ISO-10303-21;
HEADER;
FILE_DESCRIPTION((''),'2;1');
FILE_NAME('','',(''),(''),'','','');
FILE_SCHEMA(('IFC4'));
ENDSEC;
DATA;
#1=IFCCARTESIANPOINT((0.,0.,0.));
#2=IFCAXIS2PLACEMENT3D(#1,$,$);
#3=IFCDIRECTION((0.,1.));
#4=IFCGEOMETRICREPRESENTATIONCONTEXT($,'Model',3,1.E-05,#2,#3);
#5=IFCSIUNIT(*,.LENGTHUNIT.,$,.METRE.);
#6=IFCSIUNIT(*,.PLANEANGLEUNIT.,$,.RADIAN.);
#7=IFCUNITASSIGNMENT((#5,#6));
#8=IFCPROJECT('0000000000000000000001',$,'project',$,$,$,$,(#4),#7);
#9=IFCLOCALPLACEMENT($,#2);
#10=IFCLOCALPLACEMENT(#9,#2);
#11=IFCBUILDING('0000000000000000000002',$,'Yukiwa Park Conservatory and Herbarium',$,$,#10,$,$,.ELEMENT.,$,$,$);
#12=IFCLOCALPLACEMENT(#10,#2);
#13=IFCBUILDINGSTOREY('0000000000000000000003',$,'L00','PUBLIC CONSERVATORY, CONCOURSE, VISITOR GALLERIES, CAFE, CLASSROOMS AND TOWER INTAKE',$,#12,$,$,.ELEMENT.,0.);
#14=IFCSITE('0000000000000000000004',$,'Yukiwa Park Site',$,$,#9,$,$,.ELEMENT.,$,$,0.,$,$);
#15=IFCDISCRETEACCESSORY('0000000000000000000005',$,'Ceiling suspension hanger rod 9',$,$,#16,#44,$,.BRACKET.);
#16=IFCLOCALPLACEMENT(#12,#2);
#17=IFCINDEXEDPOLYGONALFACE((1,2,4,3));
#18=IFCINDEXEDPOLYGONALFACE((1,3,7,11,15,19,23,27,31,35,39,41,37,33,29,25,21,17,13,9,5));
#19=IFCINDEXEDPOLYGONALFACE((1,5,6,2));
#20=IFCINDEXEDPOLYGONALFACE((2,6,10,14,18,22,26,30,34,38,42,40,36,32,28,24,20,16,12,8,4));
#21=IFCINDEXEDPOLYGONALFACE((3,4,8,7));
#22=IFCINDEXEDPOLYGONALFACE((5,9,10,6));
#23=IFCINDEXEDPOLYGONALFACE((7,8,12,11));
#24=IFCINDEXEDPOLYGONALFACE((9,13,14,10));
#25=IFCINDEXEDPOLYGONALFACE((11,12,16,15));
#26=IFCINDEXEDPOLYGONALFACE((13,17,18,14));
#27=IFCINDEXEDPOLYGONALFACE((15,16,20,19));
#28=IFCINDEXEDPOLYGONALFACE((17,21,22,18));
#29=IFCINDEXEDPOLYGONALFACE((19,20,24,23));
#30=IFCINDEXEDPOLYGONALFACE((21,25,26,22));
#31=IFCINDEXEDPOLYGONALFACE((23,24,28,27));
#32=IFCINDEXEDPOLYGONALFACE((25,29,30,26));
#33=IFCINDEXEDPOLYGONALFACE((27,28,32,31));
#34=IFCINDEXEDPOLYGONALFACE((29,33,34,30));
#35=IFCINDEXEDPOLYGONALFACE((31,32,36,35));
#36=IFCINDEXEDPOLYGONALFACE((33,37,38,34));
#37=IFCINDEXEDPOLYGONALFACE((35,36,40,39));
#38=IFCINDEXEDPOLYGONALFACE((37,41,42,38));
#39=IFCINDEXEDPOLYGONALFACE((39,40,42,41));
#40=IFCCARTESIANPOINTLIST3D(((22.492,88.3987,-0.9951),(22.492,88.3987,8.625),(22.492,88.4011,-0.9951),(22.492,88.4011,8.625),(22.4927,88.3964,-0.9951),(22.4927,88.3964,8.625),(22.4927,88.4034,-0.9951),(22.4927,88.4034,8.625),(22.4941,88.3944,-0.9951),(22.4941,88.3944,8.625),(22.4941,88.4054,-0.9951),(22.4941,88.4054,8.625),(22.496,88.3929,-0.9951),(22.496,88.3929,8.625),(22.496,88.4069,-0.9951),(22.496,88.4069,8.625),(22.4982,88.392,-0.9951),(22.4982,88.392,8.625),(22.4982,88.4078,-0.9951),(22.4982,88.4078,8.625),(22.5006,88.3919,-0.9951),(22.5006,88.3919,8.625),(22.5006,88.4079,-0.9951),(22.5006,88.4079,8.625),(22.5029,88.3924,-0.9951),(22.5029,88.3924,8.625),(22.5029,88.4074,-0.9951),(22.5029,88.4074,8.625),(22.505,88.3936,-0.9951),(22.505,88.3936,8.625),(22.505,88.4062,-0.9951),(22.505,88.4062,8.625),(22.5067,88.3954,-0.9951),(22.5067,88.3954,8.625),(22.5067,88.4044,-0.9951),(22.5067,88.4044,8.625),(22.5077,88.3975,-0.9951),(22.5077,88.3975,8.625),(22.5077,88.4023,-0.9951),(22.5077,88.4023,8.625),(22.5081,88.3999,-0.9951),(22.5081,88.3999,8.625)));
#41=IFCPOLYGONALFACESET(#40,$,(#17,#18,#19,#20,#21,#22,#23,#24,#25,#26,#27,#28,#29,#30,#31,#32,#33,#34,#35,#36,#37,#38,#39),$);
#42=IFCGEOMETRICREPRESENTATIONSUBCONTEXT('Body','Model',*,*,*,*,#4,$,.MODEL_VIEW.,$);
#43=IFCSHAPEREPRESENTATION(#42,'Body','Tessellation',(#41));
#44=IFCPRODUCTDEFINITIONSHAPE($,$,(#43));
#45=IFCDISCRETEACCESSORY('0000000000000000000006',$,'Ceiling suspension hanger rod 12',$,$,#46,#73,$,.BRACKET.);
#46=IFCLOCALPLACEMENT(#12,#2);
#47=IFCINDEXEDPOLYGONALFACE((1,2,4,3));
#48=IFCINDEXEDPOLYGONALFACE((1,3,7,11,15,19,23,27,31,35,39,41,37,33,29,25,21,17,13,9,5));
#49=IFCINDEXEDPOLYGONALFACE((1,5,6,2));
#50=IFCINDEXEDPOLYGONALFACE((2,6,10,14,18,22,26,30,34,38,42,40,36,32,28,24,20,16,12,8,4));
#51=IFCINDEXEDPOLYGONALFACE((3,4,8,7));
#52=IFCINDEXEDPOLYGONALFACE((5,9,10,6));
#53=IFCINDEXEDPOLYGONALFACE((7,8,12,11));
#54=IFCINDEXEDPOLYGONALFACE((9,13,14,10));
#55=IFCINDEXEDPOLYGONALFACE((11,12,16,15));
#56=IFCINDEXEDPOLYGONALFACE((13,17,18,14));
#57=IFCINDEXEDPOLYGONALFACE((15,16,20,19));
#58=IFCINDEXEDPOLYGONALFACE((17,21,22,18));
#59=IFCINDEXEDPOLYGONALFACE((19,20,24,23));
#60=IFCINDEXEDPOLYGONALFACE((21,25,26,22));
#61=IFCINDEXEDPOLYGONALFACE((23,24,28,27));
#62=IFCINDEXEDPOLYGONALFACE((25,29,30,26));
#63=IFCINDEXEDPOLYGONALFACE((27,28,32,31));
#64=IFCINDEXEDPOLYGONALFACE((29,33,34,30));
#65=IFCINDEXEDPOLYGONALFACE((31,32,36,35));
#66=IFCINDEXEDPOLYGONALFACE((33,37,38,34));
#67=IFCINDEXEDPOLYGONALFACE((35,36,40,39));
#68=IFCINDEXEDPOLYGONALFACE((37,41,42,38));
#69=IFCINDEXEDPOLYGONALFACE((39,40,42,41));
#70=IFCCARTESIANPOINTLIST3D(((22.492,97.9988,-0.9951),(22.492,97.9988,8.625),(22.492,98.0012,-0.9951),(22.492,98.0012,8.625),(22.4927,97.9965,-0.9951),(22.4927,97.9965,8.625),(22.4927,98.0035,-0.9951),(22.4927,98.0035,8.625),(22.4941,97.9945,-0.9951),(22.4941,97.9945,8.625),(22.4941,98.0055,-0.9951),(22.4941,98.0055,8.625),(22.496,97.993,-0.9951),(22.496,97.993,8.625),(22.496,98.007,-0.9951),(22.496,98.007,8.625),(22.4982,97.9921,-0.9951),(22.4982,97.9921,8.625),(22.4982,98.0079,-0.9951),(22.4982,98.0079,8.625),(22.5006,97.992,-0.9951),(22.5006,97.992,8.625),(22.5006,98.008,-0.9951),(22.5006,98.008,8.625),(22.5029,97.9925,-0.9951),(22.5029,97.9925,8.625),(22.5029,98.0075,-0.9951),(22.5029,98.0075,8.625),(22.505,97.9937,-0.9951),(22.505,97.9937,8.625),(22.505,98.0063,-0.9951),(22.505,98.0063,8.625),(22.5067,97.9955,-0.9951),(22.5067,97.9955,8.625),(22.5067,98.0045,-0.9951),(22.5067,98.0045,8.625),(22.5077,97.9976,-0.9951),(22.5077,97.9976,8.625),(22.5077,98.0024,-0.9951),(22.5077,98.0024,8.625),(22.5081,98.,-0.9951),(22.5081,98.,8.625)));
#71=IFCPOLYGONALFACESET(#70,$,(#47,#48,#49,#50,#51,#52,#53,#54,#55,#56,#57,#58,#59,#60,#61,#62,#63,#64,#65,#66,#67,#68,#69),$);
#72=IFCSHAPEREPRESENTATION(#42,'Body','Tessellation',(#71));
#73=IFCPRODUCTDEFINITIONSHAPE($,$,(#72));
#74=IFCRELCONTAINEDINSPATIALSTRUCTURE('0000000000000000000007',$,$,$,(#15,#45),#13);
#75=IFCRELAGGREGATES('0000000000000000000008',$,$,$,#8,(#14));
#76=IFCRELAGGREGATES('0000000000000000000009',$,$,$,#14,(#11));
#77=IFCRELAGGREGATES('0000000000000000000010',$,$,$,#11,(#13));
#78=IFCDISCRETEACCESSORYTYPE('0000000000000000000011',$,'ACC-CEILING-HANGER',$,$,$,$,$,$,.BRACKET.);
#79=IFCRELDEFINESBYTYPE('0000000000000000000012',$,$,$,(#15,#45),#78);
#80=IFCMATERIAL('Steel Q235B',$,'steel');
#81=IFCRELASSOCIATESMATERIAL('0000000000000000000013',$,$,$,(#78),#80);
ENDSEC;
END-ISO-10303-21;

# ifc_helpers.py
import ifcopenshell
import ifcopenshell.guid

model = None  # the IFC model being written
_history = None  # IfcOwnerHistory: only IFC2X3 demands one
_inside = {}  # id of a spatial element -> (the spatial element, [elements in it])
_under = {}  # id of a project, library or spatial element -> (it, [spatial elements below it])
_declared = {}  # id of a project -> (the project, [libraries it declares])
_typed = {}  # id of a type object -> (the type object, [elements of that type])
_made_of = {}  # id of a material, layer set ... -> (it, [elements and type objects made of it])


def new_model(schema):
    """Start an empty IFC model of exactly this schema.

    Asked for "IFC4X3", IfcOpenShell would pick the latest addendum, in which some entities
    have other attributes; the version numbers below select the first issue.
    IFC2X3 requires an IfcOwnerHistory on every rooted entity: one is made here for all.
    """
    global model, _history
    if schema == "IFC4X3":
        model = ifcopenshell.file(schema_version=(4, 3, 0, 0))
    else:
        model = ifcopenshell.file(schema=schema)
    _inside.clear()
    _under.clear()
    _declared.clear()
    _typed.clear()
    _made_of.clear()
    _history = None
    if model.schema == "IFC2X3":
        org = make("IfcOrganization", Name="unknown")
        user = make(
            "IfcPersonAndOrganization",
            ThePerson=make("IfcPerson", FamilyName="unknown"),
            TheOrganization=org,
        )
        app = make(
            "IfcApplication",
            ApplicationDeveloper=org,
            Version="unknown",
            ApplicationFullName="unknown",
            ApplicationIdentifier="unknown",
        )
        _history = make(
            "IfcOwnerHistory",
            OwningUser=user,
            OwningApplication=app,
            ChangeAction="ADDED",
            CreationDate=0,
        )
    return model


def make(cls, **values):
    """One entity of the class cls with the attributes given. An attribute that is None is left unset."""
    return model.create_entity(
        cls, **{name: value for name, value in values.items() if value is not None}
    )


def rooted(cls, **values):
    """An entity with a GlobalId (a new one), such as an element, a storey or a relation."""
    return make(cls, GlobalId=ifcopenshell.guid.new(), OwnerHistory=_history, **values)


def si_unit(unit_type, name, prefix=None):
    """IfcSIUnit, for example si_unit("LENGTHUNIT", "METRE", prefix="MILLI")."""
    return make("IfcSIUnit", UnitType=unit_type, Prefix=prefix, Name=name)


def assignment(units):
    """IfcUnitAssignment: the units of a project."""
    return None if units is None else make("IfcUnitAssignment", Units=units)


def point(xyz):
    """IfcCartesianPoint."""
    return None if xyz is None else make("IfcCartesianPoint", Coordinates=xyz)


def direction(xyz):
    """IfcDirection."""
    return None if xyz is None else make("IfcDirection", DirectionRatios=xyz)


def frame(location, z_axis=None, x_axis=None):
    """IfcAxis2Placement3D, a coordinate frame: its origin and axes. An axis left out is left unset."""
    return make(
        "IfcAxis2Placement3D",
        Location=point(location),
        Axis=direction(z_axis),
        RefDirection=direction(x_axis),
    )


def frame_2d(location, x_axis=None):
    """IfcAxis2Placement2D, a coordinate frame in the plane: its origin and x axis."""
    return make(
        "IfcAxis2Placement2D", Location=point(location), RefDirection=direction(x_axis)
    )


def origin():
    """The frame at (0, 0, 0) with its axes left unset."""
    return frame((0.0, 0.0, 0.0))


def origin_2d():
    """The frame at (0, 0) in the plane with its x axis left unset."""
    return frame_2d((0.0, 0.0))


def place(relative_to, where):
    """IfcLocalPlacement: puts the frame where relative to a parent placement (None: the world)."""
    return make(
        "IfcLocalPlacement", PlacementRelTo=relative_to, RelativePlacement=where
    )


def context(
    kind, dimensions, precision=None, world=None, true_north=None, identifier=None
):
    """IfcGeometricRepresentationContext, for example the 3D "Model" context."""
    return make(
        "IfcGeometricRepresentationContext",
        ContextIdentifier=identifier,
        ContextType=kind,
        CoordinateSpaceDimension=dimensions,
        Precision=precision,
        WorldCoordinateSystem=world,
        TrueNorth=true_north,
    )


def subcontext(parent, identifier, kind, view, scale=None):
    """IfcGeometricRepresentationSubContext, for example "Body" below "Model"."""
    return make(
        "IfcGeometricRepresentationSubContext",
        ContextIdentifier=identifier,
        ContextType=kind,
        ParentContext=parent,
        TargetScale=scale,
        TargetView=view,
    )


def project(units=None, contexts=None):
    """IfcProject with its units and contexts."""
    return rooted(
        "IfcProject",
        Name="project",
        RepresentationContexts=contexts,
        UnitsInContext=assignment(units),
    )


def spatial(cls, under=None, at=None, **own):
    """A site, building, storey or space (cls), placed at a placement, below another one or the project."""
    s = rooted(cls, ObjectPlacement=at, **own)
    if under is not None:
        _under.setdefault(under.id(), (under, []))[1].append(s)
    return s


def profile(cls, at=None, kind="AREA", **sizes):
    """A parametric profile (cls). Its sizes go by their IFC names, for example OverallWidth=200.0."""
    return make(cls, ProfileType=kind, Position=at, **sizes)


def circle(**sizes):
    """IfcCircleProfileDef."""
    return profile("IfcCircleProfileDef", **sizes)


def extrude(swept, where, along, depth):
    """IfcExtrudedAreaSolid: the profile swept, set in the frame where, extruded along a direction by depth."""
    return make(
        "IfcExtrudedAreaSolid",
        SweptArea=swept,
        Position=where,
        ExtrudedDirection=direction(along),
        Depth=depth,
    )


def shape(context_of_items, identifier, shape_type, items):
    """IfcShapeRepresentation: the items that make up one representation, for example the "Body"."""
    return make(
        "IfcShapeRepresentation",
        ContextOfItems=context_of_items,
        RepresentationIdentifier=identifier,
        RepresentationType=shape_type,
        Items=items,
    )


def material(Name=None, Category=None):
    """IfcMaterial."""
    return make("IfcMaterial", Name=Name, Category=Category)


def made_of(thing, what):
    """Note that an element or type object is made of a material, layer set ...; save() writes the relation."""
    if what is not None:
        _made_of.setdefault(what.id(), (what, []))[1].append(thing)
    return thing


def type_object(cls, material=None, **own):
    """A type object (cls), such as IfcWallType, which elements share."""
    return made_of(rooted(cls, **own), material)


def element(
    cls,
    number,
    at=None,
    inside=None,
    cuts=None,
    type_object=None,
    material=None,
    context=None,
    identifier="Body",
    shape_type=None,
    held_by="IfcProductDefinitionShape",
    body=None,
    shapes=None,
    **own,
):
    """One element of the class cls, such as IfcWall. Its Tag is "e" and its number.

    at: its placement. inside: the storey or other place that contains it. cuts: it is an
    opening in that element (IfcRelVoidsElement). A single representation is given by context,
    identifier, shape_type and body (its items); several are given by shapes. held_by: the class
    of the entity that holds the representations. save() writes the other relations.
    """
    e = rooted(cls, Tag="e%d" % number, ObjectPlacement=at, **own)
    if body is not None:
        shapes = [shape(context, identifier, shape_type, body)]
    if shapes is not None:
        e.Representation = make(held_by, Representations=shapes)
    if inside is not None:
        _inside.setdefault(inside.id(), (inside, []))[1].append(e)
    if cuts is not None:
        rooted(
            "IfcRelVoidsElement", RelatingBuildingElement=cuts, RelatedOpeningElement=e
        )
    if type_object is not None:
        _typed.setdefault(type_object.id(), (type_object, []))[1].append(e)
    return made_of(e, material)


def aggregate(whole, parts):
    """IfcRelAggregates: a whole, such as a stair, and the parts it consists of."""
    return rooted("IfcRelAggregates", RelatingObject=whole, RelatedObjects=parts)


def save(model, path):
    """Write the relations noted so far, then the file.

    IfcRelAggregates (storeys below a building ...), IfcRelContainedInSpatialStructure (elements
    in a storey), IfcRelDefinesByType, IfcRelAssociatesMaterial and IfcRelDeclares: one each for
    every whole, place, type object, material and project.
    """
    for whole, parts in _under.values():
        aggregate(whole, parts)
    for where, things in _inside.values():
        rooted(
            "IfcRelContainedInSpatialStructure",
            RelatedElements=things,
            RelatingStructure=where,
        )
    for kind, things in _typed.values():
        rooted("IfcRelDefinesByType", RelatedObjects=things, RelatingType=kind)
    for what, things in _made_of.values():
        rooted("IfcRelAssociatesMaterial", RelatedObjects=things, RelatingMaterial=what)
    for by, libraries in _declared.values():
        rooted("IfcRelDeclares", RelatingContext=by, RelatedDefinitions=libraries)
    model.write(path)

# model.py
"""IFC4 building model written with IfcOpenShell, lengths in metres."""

from ifc_helpers import new_model, si_unit, direction, frame, origin, origin_2d, place, context, subcontext, project, spatial, circle, extrude, material, type_object, element, save


model = new_model("IFC4")

# Units and contexts
model_context = context("Model", 3, precision=1e-05, world=origin(), true_north=direction((0.0, 1.0)))
body_context = subcontext(model_context, "Body", "Model", "MODEL_VIEW")
ifc_project = project(units=[si_unit("LENGTHUNIT", "METRE"), si_unit("PLANEANGLEUNIT", "RADIAN")], contexts=[model_context])

# Site, building, storey
site_placement = place(None, origin())
site = spatial("IfcSite", under=ifc_project, at=site_placement, Name="Yukiwa Park Site", CompositionType="ELEMENT", RefElevation=0.0)
building_placement = place(site_placement, origin())
building = spatial("IfcBuilding", under=site, at=building_placement, Name="Yukiwa Park Conservatory and Herbarium", CompositionType="ELEMENT")
storey_placement = place(building_placement, origin())
storey = spatial("IfcBuildingStorey", under=building, at=storey_placement, Name="L00", Description="PUBLIC CONSERVATORY, CONCOURSE, VISITOR GALLERIES, CAFE, CLASSROOMS AND TOWER INTAKE", CompositionType="ELEMENT", Elevation=0.0)

# Discrete accessories
ifc_material_1 = material(Name="Steel Q235B", Category="steel")
discrete_accessory_type = type_object("IfcDiscreteAccessoryType", Name="ACC-CEILING-HANGER", PredefinedType="BRACKET", material=ifc_material_1)
for number, where, z_axis, x_axis, name in (
    (1, (22.5, 88.3999, 8.625), (0.0, 0.0, -1.0), (1.0, 0.0, 0.0), "Ceiling suspension hanger rod 9"),
    (2, (22.5, 98.0, 8.625), (0.0, 0.0, -1.0), (1.0, 0.0, 0.0), "Ceiling suspension hanger rod 12"),
):
    element("IfcDiscreteAccessory", number, at=place(storey_placement, frame(where, z_axis=z_axis, x_axis=x_axis)), inside=storey, type_object=discrete_accessory_type, Name=name, PredefinedType="BRACKET", context=body_context, shape_type="SweptSolid", body=[
        extrude(circle(Radius=0.0081, at=origin_2d()), origin(), (0.0, 0.0, 1.0), 9.6201),
    ])

save(model, "model.ifc")
